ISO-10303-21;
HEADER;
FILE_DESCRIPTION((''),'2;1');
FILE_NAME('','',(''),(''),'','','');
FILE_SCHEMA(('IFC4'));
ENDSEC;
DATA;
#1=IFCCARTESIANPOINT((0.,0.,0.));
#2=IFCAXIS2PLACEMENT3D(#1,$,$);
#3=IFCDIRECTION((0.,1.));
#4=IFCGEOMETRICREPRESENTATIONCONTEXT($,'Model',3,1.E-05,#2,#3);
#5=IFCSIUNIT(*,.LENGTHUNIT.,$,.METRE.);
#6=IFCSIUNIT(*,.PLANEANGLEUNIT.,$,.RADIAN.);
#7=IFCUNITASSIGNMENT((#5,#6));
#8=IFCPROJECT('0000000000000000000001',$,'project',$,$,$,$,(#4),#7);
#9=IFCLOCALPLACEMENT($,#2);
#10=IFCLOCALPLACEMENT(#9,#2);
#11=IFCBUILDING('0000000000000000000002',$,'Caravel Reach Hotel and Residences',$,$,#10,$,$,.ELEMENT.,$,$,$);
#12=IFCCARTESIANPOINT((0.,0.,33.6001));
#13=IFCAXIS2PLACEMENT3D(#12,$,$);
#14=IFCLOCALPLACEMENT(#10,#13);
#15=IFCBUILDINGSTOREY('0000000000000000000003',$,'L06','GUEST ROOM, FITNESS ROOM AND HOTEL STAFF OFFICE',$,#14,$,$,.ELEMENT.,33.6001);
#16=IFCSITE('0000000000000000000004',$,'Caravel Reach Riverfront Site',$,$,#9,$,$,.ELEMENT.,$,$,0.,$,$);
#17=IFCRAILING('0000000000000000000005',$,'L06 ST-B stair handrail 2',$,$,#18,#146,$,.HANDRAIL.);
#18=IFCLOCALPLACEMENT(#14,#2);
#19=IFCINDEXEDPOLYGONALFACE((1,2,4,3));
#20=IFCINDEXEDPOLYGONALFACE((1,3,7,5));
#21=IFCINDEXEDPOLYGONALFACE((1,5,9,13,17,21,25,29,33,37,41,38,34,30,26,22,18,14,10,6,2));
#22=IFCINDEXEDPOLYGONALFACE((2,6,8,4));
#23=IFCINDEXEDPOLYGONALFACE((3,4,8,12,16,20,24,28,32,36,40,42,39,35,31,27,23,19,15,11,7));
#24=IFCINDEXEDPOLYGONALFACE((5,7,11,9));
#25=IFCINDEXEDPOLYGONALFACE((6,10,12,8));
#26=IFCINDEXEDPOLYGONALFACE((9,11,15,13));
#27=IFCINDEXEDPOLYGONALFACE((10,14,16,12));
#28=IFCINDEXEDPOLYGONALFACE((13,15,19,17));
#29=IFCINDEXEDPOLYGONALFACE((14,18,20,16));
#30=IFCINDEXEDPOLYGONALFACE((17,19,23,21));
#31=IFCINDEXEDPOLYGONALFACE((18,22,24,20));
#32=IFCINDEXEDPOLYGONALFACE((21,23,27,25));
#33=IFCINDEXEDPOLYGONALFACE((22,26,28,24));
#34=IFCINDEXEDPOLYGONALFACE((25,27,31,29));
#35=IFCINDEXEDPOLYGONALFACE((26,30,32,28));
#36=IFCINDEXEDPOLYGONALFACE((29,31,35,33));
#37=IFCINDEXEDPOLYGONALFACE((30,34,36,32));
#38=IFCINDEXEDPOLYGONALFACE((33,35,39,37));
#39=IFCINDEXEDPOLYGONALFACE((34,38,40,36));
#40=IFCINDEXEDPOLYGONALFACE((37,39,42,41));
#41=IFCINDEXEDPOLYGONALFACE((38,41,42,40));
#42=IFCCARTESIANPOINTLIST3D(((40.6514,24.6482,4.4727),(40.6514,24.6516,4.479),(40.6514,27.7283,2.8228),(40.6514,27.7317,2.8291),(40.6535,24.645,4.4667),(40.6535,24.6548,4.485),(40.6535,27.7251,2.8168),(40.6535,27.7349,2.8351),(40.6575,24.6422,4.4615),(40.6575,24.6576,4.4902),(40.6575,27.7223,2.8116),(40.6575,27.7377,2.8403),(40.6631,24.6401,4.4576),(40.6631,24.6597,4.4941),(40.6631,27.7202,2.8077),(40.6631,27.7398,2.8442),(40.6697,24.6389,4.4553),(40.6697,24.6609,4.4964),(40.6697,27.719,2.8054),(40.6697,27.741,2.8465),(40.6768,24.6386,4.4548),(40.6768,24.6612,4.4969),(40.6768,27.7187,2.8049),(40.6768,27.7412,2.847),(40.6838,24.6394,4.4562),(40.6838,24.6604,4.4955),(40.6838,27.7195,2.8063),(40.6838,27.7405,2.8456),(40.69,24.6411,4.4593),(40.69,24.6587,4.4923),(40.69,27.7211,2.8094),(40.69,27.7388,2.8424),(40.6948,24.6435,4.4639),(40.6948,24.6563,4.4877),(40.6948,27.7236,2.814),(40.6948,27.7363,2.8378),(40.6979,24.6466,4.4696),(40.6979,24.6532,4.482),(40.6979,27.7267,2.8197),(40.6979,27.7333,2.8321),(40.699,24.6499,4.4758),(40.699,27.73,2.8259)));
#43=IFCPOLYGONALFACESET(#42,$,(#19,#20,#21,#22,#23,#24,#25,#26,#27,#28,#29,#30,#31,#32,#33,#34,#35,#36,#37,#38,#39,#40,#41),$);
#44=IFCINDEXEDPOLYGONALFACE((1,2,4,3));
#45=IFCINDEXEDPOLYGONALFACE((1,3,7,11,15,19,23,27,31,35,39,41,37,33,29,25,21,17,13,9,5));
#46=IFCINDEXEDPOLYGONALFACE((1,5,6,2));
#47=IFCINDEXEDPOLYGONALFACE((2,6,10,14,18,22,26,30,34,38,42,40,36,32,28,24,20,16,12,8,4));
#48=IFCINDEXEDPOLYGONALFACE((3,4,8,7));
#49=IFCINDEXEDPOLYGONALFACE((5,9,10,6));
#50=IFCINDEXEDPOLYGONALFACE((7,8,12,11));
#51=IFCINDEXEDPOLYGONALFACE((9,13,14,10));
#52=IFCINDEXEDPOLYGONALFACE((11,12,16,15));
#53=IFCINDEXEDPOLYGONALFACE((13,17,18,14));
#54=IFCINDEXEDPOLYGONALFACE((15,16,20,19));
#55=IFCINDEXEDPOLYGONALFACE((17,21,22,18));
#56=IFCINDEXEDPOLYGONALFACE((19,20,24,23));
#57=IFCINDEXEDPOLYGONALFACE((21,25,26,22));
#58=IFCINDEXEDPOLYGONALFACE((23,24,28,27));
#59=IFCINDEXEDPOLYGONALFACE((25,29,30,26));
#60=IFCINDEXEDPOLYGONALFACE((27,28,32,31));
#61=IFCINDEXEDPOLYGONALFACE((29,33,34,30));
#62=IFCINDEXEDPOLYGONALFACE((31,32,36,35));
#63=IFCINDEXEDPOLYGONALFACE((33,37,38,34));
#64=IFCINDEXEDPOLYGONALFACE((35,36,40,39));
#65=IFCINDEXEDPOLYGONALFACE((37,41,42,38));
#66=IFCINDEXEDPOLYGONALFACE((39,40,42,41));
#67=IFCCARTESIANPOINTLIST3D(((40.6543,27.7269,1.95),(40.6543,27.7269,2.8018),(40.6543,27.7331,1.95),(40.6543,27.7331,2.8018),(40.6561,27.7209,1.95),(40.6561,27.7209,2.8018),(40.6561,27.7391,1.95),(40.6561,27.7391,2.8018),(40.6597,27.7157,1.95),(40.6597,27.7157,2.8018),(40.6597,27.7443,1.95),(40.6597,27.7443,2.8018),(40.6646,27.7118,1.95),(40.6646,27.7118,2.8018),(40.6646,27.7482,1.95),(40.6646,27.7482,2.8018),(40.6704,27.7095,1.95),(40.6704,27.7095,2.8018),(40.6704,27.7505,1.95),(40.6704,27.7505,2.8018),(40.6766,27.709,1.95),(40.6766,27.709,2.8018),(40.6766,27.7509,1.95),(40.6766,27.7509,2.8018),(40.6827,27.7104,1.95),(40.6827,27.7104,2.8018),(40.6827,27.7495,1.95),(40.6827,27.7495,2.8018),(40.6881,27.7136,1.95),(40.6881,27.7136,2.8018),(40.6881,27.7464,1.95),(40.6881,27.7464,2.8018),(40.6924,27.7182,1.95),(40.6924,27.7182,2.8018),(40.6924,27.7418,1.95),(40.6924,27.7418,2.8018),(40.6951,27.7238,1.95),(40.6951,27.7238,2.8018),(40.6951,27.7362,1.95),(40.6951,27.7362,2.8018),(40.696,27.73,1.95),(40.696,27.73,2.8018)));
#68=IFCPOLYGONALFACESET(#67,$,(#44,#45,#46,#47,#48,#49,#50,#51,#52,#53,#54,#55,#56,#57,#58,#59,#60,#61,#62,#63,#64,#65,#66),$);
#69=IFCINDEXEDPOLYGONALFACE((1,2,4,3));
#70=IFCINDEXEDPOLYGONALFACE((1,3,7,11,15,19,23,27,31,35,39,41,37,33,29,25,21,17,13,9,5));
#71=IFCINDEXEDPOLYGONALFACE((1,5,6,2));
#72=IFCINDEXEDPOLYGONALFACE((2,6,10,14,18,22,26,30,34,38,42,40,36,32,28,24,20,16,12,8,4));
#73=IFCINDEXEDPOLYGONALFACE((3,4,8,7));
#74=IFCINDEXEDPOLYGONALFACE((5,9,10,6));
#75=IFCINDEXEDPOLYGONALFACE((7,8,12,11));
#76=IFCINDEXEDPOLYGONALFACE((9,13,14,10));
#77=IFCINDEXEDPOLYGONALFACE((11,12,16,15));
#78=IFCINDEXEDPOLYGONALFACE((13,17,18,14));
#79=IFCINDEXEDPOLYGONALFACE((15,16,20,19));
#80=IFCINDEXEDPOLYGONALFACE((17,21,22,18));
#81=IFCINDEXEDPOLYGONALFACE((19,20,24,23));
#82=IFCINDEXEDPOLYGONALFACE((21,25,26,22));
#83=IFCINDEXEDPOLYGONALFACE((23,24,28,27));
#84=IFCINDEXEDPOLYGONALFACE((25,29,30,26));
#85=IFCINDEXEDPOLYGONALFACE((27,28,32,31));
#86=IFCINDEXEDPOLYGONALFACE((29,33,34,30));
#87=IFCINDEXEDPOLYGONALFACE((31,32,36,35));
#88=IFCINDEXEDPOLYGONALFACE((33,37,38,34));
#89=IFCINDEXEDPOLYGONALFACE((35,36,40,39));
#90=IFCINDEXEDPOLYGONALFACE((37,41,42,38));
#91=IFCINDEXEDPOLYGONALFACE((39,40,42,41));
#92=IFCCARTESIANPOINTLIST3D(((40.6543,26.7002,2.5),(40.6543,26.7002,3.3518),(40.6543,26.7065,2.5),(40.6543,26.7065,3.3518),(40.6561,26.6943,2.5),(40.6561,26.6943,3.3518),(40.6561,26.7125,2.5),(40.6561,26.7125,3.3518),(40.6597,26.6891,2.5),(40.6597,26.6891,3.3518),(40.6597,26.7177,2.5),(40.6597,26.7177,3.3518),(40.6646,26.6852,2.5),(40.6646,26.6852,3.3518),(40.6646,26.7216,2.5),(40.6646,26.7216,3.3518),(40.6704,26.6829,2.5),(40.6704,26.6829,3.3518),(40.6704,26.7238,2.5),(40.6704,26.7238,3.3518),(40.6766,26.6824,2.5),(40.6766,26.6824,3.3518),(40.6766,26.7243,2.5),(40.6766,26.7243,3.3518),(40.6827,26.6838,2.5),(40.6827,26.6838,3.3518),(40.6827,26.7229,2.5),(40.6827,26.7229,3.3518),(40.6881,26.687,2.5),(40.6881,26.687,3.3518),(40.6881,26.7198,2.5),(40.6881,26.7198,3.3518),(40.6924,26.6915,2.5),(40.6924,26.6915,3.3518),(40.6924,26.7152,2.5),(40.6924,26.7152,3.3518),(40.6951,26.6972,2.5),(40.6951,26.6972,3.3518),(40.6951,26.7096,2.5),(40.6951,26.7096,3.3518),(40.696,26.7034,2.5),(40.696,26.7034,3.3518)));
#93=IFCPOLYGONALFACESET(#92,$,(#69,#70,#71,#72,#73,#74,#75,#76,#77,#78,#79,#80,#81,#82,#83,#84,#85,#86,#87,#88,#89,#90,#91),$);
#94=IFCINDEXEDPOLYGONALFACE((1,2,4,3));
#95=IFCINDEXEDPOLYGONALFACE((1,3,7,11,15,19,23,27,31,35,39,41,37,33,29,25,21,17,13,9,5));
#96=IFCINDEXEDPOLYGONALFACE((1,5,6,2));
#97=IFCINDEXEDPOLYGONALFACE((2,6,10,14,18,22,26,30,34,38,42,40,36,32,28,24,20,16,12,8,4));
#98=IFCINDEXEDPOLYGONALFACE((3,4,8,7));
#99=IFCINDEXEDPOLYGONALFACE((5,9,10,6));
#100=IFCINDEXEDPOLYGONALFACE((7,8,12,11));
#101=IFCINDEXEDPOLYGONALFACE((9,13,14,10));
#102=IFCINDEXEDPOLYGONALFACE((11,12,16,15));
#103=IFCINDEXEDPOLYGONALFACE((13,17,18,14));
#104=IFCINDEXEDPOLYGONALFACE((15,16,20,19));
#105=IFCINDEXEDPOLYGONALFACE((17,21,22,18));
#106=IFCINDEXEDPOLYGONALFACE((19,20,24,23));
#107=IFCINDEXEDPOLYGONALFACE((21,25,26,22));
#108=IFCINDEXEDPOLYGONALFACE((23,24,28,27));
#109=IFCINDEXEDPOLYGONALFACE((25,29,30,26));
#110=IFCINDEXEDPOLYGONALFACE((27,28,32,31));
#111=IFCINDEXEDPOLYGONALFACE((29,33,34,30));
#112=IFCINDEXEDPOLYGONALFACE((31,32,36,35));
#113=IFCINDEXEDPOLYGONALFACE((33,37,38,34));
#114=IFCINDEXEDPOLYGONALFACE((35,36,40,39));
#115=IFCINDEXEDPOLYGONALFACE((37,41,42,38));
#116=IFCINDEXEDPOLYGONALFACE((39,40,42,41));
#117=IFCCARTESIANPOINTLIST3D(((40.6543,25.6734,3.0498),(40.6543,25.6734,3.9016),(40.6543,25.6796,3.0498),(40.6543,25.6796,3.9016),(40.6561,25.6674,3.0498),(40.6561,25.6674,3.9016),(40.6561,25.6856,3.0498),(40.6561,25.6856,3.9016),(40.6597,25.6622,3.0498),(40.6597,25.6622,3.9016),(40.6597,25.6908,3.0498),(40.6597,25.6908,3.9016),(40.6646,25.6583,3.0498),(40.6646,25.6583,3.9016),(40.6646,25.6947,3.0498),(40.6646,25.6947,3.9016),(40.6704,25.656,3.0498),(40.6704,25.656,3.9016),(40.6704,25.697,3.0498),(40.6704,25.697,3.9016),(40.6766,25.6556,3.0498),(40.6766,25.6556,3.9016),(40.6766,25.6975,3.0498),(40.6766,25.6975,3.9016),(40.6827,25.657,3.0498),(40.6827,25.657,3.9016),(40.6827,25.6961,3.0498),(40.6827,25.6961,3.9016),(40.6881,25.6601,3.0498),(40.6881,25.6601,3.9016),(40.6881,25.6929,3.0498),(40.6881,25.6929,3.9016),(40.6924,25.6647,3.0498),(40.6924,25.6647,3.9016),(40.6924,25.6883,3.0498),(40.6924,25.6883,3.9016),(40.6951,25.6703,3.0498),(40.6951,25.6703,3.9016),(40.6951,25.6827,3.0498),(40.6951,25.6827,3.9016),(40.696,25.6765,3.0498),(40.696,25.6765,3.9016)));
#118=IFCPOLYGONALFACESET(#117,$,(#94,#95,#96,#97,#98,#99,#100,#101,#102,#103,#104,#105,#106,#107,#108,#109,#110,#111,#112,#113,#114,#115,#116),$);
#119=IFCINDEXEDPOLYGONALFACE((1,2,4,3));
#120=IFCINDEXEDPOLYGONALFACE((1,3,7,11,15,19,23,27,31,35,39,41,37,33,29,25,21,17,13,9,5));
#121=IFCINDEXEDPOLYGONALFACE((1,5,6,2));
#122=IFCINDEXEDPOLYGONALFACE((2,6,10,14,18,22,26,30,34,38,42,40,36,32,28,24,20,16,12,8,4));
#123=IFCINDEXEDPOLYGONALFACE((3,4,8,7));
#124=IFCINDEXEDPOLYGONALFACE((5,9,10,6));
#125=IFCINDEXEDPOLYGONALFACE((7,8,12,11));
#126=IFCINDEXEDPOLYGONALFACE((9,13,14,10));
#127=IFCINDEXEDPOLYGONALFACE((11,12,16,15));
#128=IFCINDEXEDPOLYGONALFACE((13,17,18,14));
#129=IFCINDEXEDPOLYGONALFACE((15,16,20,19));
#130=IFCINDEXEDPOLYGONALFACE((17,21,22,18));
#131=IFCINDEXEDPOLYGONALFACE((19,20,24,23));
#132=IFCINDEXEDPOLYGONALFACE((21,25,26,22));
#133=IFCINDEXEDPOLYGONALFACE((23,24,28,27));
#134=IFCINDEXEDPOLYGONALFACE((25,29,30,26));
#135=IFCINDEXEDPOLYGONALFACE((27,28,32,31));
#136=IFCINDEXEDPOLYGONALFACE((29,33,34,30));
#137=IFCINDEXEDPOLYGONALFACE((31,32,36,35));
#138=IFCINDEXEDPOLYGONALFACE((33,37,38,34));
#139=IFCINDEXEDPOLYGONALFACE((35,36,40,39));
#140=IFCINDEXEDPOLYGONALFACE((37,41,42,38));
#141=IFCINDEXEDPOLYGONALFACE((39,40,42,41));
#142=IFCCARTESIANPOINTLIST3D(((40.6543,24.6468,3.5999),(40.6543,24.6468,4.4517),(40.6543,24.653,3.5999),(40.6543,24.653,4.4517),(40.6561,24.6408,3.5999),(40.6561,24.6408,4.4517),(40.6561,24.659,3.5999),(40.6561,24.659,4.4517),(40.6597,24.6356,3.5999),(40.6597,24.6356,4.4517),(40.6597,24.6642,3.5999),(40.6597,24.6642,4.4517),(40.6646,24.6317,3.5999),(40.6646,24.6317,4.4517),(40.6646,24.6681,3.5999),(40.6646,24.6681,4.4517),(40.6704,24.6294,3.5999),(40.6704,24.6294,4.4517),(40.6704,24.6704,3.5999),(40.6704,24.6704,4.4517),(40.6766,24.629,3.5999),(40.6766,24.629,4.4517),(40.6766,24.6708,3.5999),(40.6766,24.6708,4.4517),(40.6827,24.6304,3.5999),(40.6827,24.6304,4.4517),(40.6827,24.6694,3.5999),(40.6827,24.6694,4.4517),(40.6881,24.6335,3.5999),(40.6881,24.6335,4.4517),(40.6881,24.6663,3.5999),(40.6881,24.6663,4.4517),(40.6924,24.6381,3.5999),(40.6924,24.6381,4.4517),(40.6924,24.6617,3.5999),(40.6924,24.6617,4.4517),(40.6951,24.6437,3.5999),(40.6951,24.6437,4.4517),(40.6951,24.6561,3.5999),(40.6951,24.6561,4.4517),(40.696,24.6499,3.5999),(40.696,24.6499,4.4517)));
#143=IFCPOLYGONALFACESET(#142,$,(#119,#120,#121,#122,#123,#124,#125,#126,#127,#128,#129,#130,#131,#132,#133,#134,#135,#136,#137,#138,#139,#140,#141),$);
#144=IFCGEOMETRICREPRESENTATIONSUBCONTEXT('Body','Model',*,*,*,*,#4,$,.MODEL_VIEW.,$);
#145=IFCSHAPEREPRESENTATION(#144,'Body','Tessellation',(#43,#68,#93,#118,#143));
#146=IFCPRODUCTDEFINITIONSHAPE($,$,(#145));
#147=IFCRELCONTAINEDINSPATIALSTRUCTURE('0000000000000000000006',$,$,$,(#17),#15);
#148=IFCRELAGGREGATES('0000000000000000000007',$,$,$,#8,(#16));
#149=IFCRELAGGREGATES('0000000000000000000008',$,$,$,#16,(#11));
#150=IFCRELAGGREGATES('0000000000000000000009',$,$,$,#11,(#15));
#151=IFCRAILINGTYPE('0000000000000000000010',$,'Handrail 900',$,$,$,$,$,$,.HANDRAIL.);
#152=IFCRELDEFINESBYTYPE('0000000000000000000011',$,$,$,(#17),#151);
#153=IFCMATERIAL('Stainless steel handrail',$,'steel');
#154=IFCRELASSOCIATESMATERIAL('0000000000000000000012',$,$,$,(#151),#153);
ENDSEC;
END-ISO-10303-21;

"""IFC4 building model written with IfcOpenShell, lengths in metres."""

from ifc_helpers import new_model, si_unit, direction, frame, origin, origin_2d, place, context, subcontext, project, spatial, circle, extrude, material, type_object, element, save


model = new_model("IFC4")

# Units and contexts
model_context = context("Model", 3, precision=1e-05, world=origin(), true_north=direction((0.0, 1.0)))
body_context = subcontext(model_context, "Body", "Model", "MODEL_VIEW")
ifc_project = project(units=[si_unit("LENGTHUNIT", "METRE"), si_unit("PLANEANGLEUNIT", "RADIAN")], contexts=[model_context])

# Site, building, storey
site_placement = place(None, origin())
site = spatial("IfcSite", under=ifc_project, at=site_placement, Name="Caravel Reach Riverfront Site", CompositionType="ELEMENT", RefElevation=0.0)
building_placement = place(site_placement, origin())
building = spatial("IfcBuilding", under=site, at=building_placement, Name="Caravel Reach Hotel and Residences", CompositionType="ELEMENT")
storey_placement = place(building_placement, frame((0.0, 0.0, 33.6001)))
storey = spatial("IfcBuildingStorey", under=building, at=storey_placement, Name="L06", Description="GUEST ROOM, FITNESS ROOM AND HOTEL STAFF OFFICE", CompositionType="ELEMENT", Elevation=33.6001)

# Railing
ifc_material_1 = material(Name="Stainless steel handrail", Category="steel")
railing_type_1 = type_object("IfcRailingType", Name="Handrail 900", PredefinedType="HANDRAIL", material=ifc_material_1)
railing_1_placement = place(storey_placement, frame((40.675, 27.73, 1.95)))
element("IfcRailing", 1, at=railing_1_placement, inside=storey, type_object=railing_type_1, Name="L06 ST-B stair handrail 2", PredefinedType="HANDRAIL", context=body_context, shape_type="SweptSolid", body=[
    extrude(circle(Radius=0.0239, at=origin_2d()), frame((0.0, 0.0, 0.876), z_axis=(0.0, -0.881497, 0.47219), x_axis=(1.0, 0.0, 0.0)), (0.0, 0.0, 1.0), 3.4941),
    extrude(circle(Radius=0.021, at=origin_2d()), origin(), (0.0, 0.0, 1.0), 0.8518),
    extrude(circle(Radius=0.021, at=origin_2d()), frame((0.0, -1.0266, 0.55)), (0.0, 0.0, 1.0), 0.8518),
    extrude(circle(Radius=0.021, at=origin_2d()), frame((0.0, -2.0535, 1.0999)), (0.0, 0.0, 1.0), 0.8518),
    extrude(circle(Radius=0.021, at=origin_2d()), frame((0.0, -3.0801, 1.6499)), (0.0, 0.0, 1.0), 0.8518),
])

save(model, "model.ifc")
